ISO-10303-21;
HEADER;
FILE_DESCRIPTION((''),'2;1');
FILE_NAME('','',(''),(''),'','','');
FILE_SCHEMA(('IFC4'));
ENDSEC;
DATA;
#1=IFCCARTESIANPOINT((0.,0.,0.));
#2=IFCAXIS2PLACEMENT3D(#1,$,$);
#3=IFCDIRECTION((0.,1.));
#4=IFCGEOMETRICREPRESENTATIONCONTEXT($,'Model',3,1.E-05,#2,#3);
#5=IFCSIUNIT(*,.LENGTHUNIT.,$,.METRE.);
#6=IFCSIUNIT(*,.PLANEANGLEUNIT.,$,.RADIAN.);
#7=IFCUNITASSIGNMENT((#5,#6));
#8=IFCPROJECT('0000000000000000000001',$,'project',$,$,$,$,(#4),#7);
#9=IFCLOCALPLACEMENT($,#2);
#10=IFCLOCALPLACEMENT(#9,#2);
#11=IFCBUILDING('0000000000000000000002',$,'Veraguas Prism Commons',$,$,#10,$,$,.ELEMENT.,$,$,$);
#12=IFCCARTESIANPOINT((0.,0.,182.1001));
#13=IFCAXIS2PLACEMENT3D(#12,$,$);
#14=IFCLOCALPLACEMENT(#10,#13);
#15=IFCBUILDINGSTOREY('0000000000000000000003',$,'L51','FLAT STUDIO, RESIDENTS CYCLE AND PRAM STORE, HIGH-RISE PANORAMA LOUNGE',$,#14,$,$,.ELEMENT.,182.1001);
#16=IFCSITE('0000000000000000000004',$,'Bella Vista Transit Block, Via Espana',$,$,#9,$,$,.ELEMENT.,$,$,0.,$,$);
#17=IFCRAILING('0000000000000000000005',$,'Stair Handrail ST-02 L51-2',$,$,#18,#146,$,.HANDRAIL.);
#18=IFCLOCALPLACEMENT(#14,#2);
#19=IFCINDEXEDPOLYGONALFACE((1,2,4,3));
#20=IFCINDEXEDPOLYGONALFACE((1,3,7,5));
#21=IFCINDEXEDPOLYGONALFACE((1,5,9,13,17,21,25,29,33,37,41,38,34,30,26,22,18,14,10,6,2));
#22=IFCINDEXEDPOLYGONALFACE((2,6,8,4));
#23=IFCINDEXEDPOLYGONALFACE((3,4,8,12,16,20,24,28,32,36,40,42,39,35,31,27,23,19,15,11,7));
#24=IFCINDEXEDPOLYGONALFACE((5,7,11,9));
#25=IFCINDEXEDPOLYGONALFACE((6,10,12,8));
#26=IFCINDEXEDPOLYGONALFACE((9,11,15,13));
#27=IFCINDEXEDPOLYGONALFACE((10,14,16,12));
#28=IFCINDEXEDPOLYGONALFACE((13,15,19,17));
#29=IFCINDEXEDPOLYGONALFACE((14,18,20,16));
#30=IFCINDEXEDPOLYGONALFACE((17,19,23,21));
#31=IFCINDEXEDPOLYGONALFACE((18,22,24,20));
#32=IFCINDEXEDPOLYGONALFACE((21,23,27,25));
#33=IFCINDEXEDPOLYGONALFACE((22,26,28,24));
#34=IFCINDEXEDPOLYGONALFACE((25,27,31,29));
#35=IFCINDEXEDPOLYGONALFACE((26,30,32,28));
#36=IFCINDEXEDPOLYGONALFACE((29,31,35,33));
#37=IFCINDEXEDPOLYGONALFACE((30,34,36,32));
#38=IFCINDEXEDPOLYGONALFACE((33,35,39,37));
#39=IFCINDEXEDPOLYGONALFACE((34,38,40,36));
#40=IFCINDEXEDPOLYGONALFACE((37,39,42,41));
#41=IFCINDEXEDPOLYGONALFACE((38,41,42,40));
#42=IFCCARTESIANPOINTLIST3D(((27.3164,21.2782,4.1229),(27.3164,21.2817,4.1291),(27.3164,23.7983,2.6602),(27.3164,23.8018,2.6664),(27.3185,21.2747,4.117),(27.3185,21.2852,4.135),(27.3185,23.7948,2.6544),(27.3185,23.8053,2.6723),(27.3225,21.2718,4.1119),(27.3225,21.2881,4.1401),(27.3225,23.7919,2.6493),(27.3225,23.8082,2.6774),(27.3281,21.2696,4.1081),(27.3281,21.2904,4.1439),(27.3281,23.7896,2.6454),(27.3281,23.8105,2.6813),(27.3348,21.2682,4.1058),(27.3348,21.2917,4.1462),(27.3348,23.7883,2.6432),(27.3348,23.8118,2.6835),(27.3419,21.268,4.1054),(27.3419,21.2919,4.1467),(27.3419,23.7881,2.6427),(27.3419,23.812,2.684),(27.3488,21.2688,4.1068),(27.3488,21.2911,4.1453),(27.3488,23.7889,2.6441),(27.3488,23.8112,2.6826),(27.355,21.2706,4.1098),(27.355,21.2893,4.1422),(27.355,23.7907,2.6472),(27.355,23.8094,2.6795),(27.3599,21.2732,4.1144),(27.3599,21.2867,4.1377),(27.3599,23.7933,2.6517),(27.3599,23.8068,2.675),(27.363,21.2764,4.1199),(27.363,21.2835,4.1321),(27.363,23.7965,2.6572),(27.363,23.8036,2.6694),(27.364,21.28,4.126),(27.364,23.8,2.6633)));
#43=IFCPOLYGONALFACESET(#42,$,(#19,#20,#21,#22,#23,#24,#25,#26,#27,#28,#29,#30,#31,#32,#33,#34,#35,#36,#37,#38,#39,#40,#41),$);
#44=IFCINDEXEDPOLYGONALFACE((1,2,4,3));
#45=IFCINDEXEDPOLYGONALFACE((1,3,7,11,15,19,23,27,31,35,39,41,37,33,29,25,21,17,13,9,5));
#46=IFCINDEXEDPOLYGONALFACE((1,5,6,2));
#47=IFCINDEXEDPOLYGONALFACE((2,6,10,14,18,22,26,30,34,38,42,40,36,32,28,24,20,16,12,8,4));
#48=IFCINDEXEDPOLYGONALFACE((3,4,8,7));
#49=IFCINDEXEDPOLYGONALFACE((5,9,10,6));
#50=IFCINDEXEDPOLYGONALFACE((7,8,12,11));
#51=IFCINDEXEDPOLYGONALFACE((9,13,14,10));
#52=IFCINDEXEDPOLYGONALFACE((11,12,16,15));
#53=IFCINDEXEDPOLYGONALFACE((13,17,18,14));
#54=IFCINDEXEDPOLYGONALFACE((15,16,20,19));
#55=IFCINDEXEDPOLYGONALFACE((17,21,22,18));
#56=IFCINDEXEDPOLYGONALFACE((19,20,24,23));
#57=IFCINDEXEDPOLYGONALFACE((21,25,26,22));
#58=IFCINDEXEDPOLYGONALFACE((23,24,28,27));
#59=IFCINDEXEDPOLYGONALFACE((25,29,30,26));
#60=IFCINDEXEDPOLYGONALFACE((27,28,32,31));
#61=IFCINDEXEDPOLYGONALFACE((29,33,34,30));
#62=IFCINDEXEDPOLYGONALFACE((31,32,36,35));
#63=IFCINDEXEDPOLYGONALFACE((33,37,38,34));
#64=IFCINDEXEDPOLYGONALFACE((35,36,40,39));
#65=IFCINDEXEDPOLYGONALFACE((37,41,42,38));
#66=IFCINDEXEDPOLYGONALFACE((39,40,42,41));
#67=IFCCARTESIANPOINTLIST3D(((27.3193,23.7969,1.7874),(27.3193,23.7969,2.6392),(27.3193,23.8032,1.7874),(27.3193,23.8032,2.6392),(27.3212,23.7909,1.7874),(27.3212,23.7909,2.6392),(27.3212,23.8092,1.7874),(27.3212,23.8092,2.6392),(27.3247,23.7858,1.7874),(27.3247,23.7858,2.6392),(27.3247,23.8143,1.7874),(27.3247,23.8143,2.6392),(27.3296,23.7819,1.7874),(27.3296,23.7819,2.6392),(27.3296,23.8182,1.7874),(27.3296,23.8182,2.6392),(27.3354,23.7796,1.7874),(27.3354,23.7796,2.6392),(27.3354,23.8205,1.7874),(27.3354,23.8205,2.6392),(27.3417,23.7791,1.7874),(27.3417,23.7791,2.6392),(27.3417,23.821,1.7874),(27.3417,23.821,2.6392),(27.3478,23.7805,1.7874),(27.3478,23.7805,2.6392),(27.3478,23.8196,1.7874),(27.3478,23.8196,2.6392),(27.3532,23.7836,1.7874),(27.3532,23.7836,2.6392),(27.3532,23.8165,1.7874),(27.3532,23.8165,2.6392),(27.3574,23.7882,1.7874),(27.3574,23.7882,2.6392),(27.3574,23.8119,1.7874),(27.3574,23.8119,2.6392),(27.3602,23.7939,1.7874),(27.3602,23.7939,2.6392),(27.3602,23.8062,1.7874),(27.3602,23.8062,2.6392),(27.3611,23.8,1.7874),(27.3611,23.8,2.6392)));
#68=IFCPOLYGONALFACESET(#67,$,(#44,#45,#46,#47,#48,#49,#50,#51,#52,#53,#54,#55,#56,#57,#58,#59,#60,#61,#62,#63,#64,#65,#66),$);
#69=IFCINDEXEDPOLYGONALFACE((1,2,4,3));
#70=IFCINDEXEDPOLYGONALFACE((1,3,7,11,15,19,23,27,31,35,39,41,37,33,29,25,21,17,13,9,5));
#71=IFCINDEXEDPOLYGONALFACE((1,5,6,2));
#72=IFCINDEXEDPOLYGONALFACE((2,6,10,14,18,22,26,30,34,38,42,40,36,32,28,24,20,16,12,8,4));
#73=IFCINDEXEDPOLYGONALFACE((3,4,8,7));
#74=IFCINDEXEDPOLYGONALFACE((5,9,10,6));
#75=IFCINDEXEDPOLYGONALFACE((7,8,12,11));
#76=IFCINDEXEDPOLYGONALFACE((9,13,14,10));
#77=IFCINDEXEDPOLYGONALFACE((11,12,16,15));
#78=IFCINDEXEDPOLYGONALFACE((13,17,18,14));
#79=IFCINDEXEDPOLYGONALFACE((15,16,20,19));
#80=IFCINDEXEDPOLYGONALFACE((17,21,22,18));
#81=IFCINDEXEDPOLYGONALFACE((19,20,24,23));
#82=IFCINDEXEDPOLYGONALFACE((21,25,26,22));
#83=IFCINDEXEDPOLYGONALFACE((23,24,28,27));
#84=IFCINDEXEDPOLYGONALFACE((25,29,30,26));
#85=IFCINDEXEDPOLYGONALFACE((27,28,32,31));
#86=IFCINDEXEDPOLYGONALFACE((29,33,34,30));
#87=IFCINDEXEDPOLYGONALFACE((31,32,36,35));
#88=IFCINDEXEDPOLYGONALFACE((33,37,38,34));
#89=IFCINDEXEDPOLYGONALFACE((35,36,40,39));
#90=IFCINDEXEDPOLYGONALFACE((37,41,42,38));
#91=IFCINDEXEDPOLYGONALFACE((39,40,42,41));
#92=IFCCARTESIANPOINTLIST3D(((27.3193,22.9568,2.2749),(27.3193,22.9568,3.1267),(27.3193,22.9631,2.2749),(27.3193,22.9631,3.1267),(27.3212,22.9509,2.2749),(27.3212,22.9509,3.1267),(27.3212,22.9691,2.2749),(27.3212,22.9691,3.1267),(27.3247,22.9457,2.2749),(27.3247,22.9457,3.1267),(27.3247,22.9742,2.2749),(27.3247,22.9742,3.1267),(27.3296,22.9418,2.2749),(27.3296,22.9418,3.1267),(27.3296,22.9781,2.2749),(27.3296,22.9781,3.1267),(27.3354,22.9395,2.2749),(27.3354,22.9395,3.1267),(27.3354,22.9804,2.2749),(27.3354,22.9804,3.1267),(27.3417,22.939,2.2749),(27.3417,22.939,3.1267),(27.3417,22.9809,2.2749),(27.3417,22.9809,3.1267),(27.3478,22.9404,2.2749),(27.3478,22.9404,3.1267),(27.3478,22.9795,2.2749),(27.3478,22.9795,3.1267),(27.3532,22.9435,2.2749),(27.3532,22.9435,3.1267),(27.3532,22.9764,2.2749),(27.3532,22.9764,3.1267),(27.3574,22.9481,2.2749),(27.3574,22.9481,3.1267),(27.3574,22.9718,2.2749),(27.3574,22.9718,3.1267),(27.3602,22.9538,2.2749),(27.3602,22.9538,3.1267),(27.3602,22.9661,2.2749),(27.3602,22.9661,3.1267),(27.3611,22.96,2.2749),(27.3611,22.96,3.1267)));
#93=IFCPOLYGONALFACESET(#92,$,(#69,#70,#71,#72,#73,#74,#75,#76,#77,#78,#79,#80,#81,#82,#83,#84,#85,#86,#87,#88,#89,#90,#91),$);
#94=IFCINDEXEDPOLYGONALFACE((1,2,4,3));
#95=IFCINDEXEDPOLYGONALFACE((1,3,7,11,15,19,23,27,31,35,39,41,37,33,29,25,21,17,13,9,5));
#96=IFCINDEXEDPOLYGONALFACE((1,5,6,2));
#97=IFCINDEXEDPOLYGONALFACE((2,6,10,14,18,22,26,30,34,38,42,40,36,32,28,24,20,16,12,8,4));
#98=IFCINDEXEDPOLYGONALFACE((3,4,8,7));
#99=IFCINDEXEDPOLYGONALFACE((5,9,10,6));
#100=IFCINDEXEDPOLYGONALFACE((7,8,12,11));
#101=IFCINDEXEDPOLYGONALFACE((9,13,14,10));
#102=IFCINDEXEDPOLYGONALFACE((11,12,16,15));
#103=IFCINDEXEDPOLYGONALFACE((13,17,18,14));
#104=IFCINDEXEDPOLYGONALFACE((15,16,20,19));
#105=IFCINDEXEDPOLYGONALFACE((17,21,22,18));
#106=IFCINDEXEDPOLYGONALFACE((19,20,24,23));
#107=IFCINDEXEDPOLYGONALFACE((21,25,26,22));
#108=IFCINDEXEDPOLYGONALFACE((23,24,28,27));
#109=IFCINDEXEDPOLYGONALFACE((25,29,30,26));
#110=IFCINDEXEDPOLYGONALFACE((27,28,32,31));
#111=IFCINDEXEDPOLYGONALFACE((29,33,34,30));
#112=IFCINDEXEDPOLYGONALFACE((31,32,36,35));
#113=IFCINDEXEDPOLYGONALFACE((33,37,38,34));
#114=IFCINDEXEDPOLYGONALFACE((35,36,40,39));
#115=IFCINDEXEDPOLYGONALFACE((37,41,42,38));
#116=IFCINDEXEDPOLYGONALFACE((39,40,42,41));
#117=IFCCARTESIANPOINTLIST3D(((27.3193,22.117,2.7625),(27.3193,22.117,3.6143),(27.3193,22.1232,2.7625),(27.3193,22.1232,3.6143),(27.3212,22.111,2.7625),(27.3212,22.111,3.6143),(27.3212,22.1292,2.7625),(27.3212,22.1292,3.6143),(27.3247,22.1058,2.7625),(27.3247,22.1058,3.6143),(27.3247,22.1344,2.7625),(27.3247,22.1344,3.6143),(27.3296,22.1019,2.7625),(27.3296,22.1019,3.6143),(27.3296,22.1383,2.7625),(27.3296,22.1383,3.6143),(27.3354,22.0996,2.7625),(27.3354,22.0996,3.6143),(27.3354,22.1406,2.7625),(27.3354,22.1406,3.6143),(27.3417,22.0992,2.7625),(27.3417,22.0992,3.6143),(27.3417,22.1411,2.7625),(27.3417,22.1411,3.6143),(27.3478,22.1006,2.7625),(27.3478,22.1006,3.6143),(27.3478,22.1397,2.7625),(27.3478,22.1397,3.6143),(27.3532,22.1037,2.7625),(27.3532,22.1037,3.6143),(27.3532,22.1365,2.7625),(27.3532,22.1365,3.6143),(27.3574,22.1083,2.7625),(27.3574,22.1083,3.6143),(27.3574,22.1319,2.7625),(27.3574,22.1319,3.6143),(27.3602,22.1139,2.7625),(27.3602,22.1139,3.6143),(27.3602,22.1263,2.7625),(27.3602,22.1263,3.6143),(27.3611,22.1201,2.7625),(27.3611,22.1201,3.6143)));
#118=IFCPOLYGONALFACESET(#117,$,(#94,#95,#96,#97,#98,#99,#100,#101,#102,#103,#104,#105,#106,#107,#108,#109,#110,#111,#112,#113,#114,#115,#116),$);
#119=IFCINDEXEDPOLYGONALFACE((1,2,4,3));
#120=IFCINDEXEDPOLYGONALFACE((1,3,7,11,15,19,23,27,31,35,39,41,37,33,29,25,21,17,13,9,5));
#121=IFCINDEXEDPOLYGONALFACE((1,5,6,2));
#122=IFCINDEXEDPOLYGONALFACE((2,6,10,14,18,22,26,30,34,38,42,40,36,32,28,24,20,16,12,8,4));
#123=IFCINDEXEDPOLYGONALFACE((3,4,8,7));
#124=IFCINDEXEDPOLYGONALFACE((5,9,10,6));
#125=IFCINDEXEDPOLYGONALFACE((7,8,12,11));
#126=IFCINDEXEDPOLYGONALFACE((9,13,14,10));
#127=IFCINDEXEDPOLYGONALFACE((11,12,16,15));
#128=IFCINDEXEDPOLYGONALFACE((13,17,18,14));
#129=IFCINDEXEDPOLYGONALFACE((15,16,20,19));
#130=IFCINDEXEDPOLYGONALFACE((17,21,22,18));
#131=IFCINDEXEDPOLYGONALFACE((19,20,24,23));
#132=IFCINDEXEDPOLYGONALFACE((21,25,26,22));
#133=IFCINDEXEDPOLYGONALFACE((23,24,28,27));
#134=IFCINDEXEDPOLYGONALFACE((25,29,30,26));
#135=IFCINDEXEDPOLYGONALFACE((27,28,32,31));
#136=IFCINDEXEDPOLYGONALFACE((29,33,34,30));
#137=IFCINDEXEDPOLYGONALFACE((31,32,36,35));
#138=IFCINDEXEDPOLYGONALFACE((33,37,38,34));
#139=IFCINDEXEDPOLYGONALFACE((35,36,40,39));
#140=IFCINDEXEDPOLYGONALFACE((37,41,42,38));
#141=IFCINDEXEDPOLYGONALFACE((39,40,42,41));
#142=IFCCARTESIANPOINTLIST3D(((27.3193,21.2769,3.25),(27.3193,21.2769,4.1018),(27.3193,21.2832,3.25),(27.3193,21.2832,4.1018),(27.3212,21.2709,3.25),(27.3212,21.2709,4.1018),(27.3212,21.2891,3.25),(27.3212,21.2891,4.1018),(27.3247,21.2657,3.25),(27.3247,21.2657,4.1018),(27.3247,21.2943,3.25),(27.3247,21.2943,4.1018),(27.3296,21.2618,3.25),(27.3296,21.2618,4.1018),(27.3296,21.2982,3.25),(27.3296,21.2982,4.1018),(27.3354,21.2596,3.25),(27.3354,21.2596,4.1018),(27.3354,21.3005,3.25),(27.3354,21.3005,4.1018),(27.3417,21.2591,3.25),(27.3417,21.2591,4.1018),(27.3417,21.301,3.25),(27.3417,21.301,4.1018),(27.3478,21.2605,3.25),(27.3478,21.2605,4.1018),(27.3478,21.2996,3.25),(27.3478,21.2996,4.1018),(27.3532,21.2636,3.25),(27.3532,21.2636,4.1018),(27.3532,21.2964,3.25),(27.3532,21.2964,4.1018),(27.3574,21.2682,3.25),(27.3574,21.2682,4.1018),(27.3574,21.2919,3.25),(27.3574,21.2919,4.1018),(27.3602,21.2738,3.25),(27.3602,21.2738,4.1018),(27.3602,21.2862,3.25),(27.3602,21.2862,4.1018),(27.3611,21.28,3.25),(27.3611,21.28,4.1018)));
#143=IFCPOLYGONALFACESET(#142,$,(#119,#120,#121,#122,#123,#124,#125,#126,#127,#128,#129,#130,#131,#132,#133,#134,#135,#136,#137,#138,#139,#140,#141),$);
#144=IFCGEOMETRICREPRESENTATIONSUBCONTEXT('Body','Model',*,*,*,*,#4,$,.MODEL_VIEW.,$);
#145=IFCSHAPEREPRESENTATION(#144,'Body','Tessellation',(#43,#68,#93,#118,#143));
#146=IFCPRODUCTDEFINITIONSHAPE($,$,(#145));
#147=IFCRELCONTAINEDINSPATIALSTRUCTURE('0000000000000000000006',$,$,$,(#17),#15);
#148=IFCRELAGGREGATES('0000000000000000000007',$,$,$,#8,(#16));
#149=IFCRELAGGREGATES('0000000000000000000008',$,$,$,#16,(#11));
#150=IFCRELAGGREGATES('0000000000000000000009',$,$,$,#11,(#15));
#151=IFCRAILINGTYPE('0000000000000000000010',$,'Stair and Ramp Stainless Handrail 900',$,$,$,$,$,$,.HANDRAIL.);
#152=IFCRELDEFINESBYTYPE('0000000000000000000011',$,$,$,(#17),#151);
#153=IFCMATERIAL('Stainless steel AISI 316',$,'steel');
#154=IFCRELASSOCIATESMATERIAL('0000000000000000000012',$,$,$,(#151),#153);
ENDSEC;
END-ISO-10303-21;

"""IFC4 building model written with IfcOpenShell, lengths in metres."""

from ifc_helpers import new_model, si_unit, direction, frame, origin, origin_2d, place, context, subcontext, project, spatial, circle, extrude, material, type_object, element, save


model = new_model("IFC4")

# Units and contexts
model_context = context("Model", 3, precision=1e-05, world=origin(), true_north=direction((0.0, 1.0)))
body_context = subcontext(model_context, "Body", "Model", "MODEL_VIEW")
ifc_project = project(units=[si_unit("LENGTHUNIT", "METRE"), si_unit("PLANEANGLEUNIT", "RADIAN")], contexts=[model_context])

# Site, building, storey
site_placement = place(None, origin())
site = spatial("IfcSite", under=ifc_project, at=site_placement, Name="Bella Vista Transit Block, Via Espana", CompositionType="ELEMENT", RefElevation=0.0)
building_placement = place(site_placement, origin())
building = spatial("IfcBuilding", under=site, at=building_placement, Name="Veraguas Prism Commons", CompositionType="ELEMENT")
storey_placement = place(building_placement, frame((0.0, 0.0, 182.1001)))
storey = spatial("IfcBuildingStorey", under=building, at=storey_placement, Name="L51", Description="FLAT STUDIO, RESIDENTS CYCLE AND PRAM STORE, HIGH-RISE PANORAMA LOUNGE", CompositionType="ELEMENT", Elevation=182.1001)

# Railing
ifc_material_1 = material(Name="Stainless steel AISI 316", Category="steel")
railing_type_1 = type_object("IfcRailingType", Name="Stair and Ramp Stainless Handrail 900", PredefinedType="HANDRAIL", material=ifc_material_1)
railing_1_placement = place(storey_placement, frame((27.3401, 23.8, 1.7874)))
element("IfcRailing", 1, at=railing_1_placement, inside=storey, type_object=railing_type_1, Name="Stair Handrail ST-02 L51-2", PredefinedType="HANDRAIL", context=body_context, shape_type="SweptSolid", body=[
    extrude(circle(Radius=0.0239, at=origin_2d()), frame((0.0, 0.0, 0.876), z_axis=(0.0, -0.864877, 0.501984), x_axis=(1.0, 0.0, 0.0)), (0.0, 0.0, 1.0), 2.9138),
    extrude(circle(Radius=0.021, at=origin_2d()), origin(), (0.0, 0.0, 1.0), 0.8518),
    extrude(circle(Radius=0.021, at=origin_2d()), frame((0.0, -0.8401, 0.4875)), (0.0, 0.0, 1.0), 0.8518),
    extrude(circle(Radius=0.021, at=origin_2d()), frame((0.0, -1.6799, 0.9751)), (0.0, 0.0, 1.0), 0.8518),
    extrude(circle(Radius=0.021, at=origin_2d()), frame((0.0, -2.52, 1.4626)), (0.0, 0.0, 1.0), 0.8518),
])

save(model, "model.ifc")
